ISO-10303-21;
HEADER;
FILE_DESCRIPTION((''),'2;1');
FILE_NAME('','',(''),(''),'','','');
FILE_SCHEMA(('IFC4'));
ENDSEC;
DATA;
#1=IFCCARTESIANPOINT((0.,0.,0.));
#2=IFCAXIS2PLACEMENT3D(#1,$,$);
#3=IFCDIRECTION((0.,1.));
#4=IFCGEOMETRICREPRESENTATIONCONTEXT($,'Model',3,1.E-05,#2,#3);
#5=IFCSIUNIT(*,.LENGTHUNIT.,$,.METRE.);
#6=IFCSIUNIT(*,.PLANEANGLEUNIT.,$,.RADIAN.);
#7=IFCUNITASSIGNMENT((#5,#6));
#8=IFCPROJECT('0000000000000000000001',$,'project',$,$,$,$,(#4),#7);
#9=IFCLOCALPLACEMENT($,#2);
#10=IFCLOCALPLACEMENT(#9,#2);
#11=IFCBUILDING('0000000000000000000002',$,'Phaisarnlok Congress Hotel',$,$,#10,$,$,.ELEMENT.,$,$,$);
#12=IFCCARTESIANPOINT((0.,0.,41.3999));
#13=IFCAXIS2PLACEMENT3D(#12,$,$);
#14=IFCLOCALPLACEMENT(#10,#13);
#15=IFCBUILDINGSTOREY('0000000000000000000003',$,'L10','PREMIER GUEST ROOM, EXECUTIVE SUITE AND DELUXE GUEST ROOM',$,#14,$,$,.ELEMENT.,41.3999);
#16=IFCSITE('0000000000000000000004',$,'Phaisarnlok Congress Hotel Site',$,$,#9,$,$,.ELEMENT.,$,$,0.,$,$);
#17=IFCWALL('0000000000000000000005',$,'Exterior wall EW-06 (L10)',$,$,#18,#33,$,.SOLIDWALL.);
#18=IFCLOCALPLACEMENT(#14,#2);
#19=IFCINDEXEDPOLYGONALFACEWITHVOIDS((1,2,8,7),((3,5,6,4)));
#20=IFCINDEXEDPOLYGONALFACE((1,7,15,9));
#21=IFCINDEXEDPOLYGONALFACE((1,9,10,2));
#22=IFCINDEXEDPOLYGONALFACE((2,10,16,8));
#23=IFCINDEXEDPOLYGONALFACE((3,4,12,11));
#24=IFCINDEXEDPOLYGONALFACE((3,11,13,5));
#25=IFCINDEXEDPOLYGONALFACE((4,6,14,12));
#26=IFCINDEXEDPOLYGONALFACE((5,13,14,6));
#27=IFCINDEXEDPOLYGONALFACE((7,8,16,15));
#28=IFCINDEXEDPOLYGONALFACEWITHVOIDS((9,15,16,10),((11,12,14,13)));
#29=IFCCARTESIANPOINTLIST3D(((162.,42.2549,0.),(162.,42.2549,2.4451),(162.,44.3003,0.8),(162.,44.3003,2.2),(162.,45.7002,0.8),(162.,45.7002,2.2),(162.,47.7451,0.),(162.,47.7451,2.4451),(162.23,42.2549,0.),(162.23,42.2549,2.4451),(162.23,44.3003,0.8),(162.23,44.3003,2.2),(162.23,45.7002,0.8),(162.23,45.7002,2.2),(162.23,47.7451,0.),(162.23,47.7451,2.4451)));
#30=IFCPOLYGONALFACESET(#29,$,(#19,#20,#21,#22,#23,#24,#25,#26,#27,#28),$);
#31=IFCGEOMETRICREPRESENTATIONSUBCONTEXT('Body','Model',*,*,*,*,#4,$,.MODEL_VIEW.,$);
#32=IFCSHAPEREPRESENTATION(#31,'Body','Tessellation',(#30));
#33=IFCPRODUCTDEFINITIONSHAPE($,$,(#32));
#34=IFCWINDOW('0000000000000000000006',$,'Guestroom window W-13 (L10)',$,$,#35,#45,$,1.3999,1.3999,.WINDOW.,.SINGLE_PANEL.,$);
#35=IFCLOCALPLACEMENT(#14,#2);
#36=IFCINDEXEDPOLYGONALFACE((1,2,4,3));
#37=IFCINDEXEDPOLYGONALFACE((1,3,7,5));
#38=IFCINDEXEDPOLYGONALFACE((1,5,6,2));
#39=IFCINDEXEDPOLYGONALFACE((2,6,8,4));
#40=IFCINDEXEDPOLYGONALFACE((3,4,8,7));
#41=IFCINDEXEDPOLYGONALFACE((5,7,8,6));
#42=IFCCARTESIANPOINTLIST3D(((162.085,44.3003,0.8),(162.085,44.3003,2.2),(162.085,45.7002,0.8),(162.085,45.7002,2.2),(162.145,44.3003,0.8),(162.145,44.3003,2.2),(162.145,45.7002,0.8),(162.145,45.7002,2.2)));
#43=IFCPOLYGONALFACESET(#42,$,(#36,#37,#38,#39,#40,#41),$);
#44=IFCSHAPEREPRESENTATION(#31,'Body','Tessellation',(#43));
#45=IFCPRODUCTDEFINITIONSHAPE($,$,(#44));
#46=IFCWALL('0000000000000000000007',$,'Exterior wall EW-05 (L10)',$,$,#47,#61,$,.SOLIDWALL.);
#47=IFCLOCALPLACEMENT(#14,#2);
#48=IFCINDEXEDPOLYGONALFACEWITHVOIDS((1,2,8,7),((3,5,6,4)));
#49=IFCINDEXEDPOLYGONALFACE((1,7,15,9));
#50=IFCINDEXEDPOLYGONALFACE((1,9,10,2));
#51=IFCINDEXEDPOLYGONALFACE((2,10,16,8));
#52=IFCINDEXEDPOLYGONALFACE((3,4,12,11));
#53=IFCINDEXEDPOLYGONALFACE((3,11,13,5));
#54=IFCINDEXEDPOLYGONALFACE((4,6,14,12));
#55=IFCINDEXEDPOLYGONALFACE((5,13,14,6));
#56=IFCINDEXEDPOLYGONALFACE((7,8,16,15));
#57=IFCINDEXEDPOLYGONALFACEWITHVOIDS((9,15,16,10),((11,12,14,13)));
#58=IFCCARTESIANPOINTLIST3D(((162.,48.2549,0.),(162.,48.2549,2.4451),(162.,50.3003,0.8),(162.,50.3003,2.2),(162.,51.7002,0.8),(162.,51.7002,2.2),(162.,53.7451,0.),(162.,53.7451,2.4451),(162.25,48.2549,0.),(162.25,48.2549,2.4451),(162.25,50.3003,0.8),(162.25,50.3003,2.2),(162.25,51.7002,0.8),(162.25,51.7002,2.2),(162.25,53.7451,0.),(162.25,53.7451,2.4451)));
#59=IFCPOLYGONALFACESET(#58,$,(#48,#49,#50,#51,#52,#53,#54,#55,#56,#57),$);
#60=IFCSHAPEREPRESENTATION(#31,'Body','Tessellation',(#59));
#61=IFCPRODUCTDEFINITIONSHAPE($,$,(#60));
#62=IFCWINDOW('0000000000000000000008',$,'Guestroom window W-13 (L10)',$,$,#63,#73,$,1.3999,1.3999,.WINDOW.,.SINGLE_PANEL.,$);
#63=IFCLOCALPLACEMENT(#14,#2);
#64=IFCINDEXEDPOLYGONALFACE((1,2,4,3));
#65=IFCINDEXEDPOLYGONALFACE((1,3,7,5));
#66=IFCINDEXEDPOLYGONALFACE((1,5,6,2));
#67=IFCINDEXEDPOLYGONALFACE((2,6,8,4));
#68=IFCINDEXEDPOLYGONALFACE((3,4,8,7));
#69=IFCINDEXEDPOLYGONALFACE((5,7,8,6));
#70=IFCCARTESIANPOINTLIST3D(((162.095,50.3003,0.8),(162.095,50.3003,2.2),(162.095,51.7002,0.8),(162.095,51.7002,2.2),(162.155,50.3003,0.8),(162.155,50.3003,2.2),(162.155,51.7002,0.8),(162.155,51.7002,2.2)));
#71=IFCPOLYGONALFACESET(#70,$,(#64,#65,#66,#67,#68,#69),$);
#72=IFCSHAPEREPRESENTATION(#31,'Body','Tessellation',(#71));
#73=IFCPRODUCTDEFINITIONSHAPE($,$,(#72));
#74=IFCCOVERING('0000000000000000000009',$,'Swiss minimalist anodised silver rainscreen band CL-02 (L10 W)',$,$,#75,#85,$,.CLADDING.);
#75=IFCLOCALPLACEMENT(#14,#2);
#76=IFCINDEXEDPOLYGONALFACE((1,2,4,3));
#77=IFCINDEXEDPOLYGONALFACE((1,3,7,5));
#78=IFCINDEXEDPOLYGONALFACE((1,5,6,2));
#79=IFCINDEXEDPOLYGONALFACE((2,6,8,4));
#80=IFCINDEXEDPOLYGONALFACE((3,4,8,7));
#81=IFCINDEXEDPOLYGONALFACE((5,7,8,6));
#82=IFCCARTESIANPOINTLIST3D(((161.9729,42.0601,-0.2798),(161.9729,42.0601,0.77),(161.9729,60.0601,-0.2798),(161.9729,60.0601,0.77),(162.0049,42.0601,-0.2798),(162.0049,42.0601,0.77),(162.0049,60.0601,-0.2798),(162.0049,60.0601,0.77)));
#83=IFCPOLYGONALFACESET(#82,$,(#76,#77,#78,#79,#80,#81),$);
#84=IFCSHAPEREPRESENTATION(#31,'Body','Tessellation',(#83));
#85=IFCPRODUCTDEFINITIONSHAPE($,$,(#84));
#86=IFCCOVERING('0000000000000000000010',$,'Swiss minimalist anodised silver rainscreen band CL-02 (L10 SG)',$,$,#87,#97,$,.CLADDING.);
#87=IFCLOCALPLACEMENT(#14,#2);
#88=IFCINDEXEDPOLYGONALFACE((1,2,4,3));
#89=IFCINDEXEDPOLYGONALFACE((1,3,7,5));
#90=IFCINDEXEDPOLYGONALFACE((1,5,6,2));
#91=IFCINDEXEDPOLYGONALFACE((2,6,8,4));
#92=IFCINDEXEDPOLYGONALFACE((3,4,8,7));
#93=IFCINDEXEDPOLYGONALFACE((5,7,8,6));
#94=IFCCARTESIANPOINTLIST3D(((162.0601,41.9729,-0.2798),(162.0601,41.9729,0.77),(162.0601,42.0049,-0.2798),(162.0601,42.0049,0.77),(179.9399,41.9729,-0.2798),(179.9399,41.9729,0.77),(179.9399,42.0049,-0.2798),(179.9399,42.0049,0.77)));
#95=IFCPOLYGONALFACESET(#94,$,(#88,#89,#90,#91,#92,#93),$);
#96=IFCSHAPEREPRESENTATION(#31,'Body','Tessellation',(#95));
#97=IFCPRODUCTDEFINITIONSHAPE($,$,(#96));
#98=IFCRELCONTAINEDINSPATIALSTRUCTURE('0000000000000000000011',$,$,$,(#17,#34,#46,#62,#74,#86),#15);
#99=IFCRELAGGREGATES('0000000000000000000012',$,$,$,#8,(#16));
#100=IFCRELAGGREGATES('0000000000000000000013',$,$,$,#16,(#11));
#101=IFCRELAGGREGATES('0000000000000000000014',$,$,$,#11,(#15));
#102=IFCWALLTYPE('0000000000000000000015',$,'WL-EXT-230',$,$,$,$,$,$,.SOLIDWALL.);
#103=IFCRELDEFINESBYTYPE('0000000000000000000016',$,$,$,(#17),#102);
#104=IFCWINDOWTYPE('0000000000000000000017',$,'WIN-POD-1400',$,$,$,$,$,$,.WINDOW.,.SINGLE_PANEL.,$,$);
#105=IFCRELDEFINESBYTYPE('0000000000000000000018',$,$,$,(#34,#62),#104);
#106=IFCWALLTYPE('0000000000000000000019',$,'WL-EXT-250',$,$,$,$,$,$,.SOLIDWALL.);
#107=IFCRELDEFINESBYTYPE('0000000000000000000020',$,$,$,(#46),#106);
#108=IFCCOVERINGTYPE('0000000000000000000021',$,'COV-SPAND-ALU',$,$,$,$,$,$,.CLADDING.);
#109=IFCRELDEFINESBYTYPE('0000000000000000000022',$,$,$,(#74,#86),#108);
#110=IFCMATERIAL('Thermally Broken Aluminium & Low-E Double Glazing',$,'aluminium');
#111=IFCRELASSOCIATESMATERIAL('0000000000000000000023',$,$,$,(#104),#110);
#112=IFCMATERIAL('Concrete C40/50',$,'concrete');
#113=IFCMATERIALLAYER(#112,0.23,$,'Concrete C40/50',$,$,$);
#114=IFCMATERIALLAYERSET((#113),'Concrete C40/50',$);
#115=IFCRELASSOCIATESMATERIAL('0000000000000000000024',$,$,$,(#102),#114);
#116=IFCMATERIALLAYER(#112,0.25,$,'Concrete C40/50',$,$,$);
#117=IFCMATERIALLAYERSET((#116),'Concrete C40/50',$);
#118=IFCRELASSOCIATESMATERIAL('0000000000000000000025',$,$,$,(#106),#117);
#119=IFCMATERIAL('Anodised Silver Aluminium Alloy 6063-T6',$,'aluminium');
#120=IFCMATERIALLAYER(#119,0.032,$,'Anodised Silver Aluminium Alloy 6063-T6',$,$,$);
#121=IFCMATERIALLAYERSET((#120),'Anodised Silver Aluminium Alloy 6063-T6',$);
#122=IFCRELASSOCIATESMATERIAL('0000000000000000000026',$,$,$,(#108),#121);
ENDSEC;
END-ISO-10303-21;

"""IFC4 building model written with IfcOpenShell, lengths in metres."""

from ifc_helpers import new_model, si_unit, direction, frame, frame_2d, origin, place, context, subcontext, project, spatial, polyline, rectangle, outline, extrude, material, layer, layer_set, type_object, element, fill, save


model = new_model("IFC4")

# Units and contexts
model_context = context("Model", 3, precision=1e-05, world=origin(), true_north=direction((0.0, 1.0)))
body_context = subcontext(model_context, "Body", "Model", "MODEL_VIEW")
ifc_project = project(units=[si_unit("LENGTHUNIT", "METRE"), si_unit("PLANEANGLEUNIT", "RADIAN")], contexts=[model_context])

# Site, building, storey
site_placement = place(None, origin())
site = spatial("IfcSite", under=ifc_project, at=site_placement, Name="Phaisarnlok Congress Hotel Site", CompositionType="ELEMENT", RefElevation=0.0)
building_placement = place(site_placement, origin())
building = spatial("IfcBuilding", under=site, at=building_placement, Name="Phaisarnlok Congress Hotel", CompositionType="ELEMENT")
storey_placement = place(building_placement, frame((0.0, 0.0, 41.3999)))
storey = spatial("IfcBuildingStorey", under=building, at=storey_placement, Name="L10", Description="PREMIER GUEST ROOM, EXECUTIVE SUITE AND DELUXE GUEST ROOM", CompositionType="ELEMENT", Elevation=41.3999)

# Shared definitions
ifc_material_1 = material(Name="Concrete C40/50", Category="concrete")

# Shared definitions
ifc_material_2 = material(Name="Thermally Broken Aluminium & Low-E Double Glazing", Category="aluminium")
window_type = type_object("IfcWindowType", Name="WIN-POD-1400", PartitioningType="SINGLE_PANEL", PredefinedType="WINDOW", material=ifc_material_2)

# Shared definitions
ifc_layer_1 = layer(ifc_material_1, 0.23, Name="Concrete C40/50")
ifc_layer_set_1 = layer_set([ifc_layer_1], Name="Concrete C40/50")
wall_type_1 = type_object("IfcWallType", Name="WL-EXT-230", PredefinedType="SOLIDWALL", material=ifc_layer_set_1)

# Walls, openings, windows
wall_1_placement = place(storey_placement, frame((162.115, 47.7451, 0.0), z_axis=(0.0, 0.0, 1.0), x_axis=(0.0, -1.0, 0.0)))
wall_1 = element("IfcWall", 1, at=wall_1_placement, inside=storey, type_object=wall_type_1, Name="Exterior wall EW-06 (L10)", PredefinedType="SOLIDWALL", context=body_context, shape_type="SweptSolid", body=[
    extrude(rectangle(XDim=5.4902, YDim=0.23, at=frame_2d((2.7451, 0.0))), origin(), (0.0, 0.0, 1.0), 2.4451),
])
opening_1_placement = place(wall_1_placement, frame((2.0449, 0.0, 0.8)))
opening_1 = element("IfcOpeningElement", 2, at=opening_1_placement, cuts=wall_1, PredefinedType="OPENING", context=body_context, shape_type="SweptSolid", body=[
    extrude(rectangle(XDim=1.3999, YDim=1.3999, at=frame_2d((0.7, 0.7))), frame((0.0, 0.125, 0.0), z_axis=(0.0, -1.0, 0.0), x_axis=(1.0, 0.0, 0.0)), (0.0, 0.0, 1.0), 0.25),
])
window_1_placement = place(opening_1_placement, origin())
window_1 = element("IfcWindow", 3, at=window_1_placement, inside=storey, type_object=window_type, Name="Guestroom window W-13 (L10)", OverallHeight=1.3999, OverallWidth=1.3999, PartitioningType="SINGLE_PANEL", PredefinedType="WINDOW", context=body_context, shape_type="SweptSolid", body=[
    extrude(rectangle(XDim=1.3999, YDim=1.3999, at=frame_2d((0.7, 0.7))), frame((0.0, 0.03, 0.0), z_axis=(0.0, -1.0, 0.0), x_axis=(1.0, 0.0, 0.0)), (0.0, 0.0, 1.0), 0.0601),
])
fill(opening_1, window_1)
ifc_layer_2 = layer(ifc_material_1, 0.25, Name="Concrete C40/50")
ifc_layer_set_2 = layer_set([ifc_layer_2], Name="Concrete C40/50")
wall_type_2 = type_object("IfcWallType", Name="WL-EXT-250", PredefinedType="SOLIDWALL", material=ifc_layer_set_2)
wall_2_placement = place(storey_placement, frame((162.125, 53.7451, 0.0), z_axis=(0.0, 0.0, 1.0), x_axis=(0.0, -1.0, 0.0)))
wall_2 = element("IfcWall", 4, at=wall_2_placement, inside=storey, type_object=wall_type_2, Name="Exterior wall EW-05 (L10)", PredefinedType="SOLIDWALL", context=body_context, shape_type="SweptSolid", body=[
    extrude(rectangle(XDim=5.4902, YDim=0.25, at=frame_2d((2.7451, 0.0))), origin(), (0.0, 0.0, 1.0), 2.4451),
])
opening_2_placement = place(wall_2_placement, frame((2.0449, 0.0, 0.8)))
opening_2 = element("IfcOpeningElement", 5, at=opening_2_placement, cuts=wall_2, PredefinedType="OPENING", context=body_context, shape_type="SweptSolid", body=[
    extrude(rectangle(XDim=1.3999, YDim=1.3999, at=frame_2d((0.7, 0.7))), frame((0.0, 0.135, 0.0), z_axis=(0.0, -1.0, 0.0), x_axis=(1.0, 0.0, 0.0)), (0.0, 0.0, 1.0), 0.27),
])
window_2_placement = place(opening_2_placement, origin())
window_2 = element("IfcWindow", 6, at=window_2_placement, inside=storey, type_object=window_type, Name="Guestroom window W-13 (L10)", OverallHeight=1.3999, OverallWidth=1.3999, PartitioningType="SINGLE_PANEL", PredefinedType="WINDOW", context=body_context, shape_type="SweptSolid", body=[
    extrude(rectangle(XDim=1.3999, YDim=1.3999, at=frame_2d((0.7, 0.7))), frame((0.0, 0.03, 0.0), z_axis=(0.0, -1.0, 0.0), x_axis=(1.0, 0.0, 0.0)), (0.0, 0.0, 1.0), 0.0601),
])
fill(opening_2, window_2)

# Coverings
ifc_material_3 = material(Name="Anodised Silver Aluminium Alloy 6063-T6", Category="aluminium")
ifc_layer_3 = layer(ifc_material_3, 0.032, Name="Anodised Silver Aluminium Alloy 6063-T6")
ifc_layer_set_3 = layer_set([ifc_layer_3], Name="Anodised Silver Aluminium Alloy 6063-T6")
covering_type = type_object("IfcCoveringType", Name="COV-SPAND-ALU", PredefinedType="CLADDING", material=ifc_layer_set_3)
covering_1_placement = place(storey_placement, frame((162.0049, 60.0601, -0.2798), z_axis=(-1.0, 0.0, 0.0), x_axis=(0.0, -1.0, 0.0)))
element("IfcCovering", 7, at=covering_1_placement, inside=storey, type_object=covering_type, Name="Swiss minimalist anodised silver rainscreen band CL-02 (L10 W)", PredefinedType="CLADDING", context=body_context, shape_type="SweptSolid", body=[
    extrude(outline(polyline([(0.0, 0.0), (18.0, 0.0), (18.0, 1.0498), (0.0, 1.0498), (0.0, 0.0)])), origin(), (0.0, 0.0, 1.0), 0.032),
])
covering_2_placement = place(storey_placement, frame((162.0601, 42.0049, -0.2798), z_axis=(0.0, -1.0, 0.0), x_axis=(1.0, 0.0, 0.0)))
element("IfcCovering", 8, at=covering_2_placement, inside=storey, type_object=covering_type, Name="Swiss minimalist anodised silver rainscreen band CL-02 (L10 SG)", PredefinedType="CLADDING", context=body_context, shape_type="SweptSolid", body=[
    extrude(outline(polyline([(0.0, 0.0), (17.8799, 0.0), (17.8799, 1.0498), (0.0, 1.0498), (0.0, 0.0)])), origin(), (0.0, 0.0, 1.0), 0.032),
])

save(model, "model.ifc")
